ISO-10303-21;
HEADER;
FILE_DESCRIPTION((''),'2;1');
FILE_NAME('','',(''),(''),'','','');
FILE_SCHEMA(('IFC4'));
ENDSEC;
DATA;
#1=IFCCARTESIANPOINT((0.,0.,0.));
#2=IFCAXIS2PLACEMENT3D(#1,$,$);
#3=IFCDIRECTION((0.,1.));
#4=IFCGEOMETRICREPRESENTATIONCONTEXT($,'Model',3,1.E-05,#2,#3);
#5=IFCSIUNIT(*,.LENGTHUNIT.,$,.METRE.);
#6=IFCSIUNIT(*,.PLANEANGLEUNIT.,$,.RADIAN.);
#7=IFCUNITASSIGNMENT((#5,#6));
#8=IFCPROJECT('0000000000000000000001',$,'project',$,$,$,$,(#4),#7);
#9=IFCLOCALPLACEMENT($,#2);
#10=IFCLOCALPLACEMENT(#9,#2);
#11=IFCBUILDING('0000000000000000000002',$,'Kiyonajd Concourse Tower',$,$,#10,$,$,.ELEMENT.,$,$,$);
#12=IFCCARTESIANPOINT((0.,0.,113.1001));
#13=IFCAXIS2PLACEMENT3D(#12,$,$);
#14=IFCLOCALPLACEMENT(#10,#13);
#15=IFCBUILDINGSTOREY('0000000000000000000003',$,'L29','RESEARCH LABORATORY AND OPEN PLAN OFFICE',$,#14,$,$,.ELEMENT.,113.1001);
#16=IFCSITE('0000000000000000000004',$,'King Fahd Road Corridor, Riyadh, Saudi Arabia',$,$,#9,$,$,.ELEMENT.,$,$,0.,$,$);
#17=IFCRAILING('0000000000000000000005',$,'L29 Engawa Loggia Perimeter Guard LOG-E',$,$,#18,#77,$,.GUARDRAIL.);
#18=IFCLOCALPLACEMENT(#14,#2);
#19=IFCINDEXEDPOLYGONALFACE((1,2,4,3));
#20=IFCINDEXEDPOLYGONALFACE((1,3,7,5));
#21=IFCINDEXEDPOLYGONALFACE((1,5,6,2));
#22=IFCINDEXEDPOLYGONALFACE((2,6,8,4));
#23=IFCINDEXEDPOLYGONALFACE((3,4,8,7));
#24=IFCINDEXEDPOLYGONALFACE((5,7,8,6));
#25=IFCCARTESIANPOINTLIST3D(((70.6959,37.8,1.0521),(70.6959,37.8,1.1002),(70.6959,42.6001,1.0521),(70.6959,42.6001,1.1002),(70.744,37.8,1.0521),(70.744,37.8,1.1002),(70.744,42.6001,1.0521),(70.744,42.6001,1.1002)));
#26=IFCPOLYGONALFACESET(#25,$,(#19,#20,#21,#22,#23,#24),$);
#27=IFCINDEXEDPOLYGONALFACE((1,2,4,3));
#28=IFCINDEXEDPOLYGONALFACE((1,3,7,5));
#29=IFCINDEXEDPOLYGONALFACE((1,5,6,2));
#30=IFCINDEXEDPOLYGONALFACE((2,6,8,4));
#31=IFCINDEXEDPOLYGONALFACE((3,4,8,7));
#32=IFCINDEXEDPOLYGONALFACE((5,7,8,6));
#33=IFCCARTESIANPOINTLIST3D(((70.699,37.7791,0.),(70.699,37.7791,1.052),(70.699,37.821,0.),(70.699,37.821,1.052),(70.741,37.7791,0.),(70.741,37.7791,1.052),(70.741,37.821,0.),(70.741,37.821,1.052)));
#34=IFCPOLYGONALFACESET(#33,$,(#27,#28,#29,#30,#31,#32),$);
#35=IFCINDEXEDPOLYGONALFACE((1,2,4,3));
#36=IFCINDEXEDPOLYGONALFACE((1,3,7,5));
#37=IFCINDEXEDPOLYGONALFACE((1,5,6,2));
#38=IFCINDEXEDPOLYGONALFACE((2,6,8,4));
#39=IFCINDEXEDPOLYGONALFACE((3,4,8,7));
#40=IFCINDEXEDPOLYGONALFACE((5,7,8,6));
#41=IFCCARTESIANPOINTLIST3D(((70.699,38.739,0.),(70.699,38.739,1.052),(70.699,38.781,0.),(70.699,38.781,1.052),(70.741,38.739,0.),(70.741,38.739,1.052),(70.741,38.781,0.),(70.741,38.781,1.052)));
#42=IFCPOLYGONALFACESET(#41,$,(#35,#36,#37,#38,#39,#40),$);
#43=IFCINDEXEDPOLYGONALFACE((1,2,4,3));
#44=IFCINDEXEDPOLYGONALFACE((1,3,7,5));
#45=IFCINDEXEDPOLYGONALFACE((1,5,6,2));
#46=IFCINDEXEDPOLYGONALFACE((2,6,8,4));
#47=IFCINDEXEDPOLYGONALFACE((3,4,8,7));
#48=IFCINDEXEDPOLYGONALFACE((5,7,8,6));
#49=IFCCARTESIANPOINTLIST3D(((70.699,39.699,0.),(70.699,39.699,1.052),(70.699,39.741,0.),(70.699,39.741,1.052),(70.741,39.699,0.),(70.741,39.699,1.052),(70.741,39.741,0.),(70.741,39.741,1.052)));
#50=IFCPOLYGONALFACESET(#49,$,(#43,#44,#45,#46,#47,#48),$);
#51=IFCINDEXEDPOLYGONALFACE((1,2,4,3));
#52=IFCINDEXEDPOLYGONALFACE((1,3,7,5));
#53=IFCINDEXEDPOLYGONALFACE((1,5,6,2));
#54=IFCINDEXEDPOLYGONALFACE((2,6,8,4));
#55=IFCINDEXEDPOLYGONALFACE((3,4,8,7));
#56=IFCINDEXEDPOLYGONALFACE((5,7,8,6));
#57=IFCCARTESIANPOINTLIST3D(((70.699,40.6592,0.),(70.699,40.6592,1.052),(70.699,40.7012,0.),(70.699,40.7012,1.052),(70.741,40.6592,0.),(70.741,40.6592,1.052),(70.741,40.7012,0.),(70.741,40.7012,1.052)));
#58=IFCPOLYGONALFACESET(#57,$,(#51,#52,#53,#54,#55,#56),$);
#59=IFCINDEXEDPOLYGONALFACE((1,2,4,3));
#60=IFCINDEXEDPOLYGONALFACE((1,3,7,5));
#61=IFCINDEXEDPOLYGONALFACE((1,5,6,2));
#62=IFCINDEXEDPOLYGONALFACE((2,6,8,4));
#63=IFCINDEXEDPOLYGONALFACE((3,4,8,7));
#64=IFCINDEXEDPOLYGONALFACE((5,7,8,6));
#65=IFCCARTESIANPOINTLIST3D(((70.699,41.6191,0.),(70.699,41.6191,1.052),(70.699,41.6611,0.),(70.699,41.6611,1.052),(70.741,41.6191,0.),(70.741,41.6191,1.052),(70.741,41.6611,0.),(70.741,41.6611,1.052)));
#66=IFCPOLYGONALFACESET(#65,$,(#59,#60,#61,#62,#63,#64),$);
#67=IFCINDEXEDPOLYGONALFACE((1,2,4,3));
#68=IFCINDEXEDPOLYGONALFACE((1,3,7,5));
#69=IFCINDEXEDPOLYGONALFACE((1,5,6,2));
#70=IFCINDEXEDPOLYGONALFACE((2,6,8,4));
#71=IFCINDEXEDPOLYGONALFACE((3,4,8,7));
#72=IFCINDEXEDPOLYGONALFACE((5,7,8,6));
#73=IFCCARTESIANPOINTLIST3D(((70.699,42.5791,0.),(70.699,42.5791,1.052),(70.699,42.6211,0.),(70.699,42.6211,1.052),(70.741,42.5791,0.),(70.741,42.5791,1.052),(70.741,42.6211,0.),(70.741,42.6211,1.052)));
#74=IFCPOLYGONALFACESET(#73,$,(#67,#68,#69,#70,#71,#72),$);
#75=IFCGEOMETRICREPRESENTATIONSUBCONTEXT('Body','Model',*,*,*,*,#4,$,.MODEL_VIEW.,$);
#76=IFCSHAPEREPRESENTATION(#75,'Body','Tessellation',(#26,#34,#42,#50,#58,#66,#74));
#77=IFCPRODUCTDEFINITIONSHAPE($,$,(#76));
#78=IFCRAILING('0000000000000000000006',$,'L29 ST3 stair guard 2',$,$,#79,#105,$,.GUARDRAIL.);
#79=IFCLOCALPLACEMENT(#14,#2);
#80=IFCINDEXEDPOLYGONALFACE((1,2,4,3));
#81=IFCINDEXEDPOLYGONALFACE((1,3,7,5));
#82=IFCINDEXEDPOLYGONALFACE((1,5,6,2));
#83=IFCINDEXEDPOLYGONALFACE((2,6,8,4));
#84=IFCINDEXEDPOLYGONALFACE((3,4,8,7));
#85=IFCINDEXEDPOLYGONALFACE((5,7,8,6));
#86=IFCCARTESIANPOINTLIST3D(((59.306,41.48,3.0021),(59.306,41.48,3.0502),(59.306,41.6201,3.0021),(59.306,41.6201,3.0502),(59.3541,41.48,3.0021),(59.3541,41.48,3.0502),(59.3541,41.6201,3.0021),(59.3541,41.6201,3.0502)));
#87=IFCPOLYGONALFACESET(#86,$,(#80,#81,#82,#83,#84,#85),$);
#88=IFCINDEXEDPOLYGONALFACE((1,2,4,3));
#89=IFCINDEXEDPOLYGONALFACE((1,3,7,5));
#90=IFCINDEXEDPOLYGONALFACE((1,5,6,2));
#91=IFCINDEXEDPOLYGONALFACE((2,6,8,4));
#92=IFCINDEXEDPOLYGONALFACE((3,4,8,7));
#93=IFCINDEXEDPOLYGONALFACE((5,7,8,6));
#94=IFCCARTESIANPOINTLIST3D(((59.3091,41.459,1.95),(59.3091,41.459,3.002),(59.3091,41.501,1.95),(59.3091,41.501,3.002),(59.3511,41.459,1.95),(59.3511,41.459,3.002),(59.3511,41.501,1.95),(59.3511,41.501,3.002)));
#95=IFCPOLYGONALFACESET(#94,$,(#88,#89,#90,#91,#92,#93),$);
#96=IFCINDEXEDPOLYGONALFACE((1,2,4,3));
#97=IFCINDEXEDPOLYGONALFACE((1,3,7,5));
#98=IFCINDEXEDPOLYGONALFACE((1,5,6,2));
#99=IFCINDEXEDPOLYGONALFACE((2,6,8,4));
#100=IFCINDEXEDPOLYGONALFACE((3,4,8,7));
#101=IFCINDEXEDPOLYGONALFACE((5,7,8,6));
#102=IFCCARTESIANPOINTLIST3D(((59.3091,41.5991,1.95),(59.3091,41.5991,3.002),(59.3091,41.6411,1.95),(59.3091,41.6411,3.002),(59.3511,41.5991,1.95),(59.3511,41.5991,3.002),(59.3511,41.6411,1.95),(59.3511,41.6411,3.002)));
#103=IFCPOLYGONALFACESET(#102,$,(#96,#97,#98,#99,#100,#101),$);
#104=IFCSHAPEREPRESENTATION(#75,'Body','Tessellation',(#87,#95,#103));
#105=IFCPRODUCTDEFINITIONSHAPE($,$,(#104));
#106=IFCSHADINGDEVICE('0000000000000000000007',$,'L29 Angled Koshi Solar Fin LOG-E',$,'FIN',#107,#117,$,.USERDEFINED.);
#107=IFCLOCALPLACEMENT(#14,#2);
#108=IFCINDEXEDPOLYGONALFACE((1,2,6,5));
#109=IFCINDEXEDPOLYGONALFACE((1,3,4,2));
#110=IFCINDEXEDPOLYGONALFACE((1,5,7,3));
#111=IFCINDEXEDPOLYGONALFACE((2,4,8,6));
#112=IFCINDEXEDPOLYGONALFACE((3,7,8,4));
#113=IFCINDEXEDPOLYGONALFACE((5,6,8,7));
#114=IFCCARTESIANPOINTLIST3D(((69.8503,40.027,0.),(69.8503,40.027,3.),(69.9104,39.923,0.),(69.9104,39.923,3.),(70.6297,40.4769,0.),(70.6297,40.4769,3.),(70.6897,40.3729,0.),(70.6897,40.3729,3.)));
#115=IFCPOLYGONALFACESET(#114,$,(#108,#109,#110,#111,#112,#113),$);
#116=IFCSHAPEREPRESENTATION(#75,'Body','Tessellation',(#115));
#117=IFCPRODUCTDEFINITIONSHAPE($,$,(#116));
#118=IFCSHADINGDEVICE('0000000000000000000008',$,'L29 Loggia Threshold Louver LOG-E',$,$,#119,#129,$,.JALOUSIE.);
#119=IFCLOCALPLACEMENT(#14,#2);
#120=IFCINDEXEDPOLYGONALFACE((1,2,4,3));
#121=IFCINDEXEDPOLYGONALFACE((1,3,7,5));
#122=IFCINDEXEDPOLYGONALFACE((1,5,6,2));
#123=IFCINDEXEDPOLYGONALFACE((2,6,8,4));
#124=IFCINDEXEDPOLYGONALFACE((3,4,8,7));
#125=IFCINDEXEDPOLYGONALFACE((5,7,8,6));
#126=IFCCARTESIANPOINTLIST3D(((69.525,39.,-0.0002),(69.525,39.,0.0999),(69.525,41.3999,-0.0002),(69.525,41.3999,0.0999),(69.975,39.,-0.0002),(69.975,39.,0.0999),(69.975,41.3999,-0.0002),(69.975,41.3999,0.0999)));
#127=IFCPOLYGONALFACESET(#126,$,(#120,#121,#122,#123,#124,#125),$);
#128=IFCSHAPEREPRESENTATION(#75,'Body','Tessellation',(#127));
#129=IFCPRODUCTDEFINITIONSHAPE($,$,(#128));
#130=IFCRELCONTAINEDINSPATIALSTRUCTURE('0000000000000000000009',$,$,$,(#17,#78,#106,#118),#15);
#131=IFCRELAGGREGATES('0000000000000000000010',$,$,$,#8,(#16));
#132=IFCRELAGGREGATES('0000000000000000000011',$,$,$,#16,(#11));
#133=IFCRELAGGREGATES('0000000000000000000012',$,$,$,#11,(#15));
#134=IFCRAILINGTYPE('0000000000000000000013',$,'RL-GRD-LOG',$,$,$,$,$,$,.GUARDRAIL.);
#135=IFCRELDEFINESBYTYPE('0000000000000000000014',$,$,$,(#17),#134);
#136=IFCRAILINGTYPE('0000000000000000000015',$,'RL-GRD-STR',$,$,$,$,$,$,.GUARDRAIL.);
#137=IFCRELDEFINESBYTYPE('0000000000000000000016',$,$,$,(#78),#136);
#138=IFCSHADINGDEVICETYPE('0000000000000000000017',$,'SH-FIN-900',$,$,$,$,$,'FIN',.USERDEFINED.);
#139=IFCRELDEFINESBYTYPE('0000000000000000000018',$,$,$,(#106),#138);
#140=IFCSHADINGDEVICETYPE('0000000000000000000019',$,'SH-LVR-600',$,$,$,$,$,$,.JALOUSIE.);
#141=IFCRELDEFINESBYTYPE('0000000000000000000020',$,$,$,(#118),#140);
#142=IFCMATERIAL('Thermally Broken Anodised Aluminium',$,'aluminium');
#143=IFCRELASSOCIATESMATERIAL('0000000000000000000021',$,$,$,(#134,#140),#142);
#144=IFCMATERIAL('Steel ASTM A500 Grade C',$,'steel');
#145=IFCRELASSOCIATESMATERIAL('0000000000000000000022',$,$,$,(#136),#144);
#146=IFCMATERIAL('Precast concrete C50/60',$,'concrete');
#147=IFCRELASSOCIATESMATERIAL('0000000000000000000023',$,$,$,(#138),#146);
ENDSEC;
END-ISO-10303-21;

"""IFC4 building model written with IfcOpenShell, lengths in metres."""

from ifc_helpers import new_model, si_unit, direction, frame, origin, origin_2d, place, context, subcontext, project, spatial, rectangle, extrude, material, type_object, element, save


model = new_model("IFC4")

# Units and contexts
model_context = context("Model", 3, precision=1e-05, world=origin(), true_north=direction((0.0, 1.0)))
body_context = subcontext(model_context, "Body", "Model", "MODEL_VIEW")
ifc_project = project(units=[si_unit("LENGTHUNIT", "METRE"), si_unit("PLANEANGLEUNIT", "RADIAN")], contexts=[model_context])

# Site, building, storey
site_placement = place(None, origin())
site = spatial("IfcSite", under=ifc_project, at=site_placement, Name="King Fahd Road Corridor, Riyadh, Saudi Arabia", CompositionType="ELEMENT", RefElevation=0.0)
building_placement = place(site_placement, origin())
building = spatial("IfcBuilding", under=site, at=building_placement, Name="Kiyonajd Concourse Tower", CompositionType="ELEMENT")
storey_placement = place(building_placement, frame((0.0, 0.0, 113.1001)))
storey = spatial("IfcBuildingStorey", under=building, at=storey_placement, Name="L29", Description="RESEARCH LABORATORY AND OPEN PLAN OFFICE", CompositionType="ELEMENT", Elevation=113.1001)

# Shared definitions
ifc_material_1 = material(Name="Precast concrete C50/60", Category="concrete")

# Shared definitions
ifc_material_2 = material(Name="Thermally Broken Anodised Aluminium", Category="aluminium")

# Railings
railing_type_1 = type_object("IfcRailingType", Name="RL-GRD-LOG", PredefinedType="GUARDRAIL", material=ifc_material_2)
railing_1_placement = place(storey_placement, frame((70.72, 37.8, 0.0)))
element("IfcRailing", 1, at=railing_1_placement, inside=storey, type_object=railing_type_1, Name="L29 Engawa Loggia Perimeter Guard LOG-E", PredefinedType="GUARDRAIL", context=body_context, shape_type="SweptSolid", body=[
    extrude(rectangle(XDim=0.0481, YDim=0.0481, at=origin_2d()), frame((0.0, 0.0, 1.0762), z_axis=(0.0, 1.0, 0.0), x_axis=(-1.0, 0.0, 0.0)), (0.0, 0.0, 1.0), 4.8),
    extrude(rectangle(XDim=0.042, YDim=0.042, at=origin_2d()), origin(), (0.0, 0.0, 1.0), 1.052),
    extrude(rectangle(XDim=0.042, YDim=0.042, at=origin_2d()), frame((0.0, 0.96, 0.0)), (0.0, 0.0, 1.0), 1.052),
    extrude(rectangle(XDim=0.042, YDim=0.042, at=origin_2d()), frame((0.0, 1.9199, 0.0)), (0.0, 0.0, 1.0), 1.052),
    extrude(rectangle(XDim=0.042, YDim=0.042, at=origin_2d()), frame((0.0, 2.8801, 0.0)), (0.0, 0.0, 1.0), 1.052),
    extrude(rectangle(XDim=0.042, YDim=0.042, at=origin_2d()), frame((0.0, 3.8401, 0.0)), (0.0, 0.0, 1.0), 1.052),
    extrude(rectangle(XDim=0.042, YDim=0.042, at=origin_2d()), frame((0.0, 4.8, 0.0)), (0.0, 0.0, 1.0), 1.052),
])
ifc_material_3 = material(Name="Steel ASTM A500 Grade C", Category="steel")
railing_type_2 = type_object("IfcRailingType", Name="RL-GRD-STR", PredefinedType="GUARDRAIL", material=ifc_material_3)
railing_2_placement = place(storey_placement, frame((59.3301, 41.48, 1.95)))
element("IfcRailing", 2, at=railing_2_placement, inside=storey, type_object=railing_type_2, Name="L29 ST3 stair guard 2", PredefinedType="GUARDRAIL", context=body_context, shape_type="SweptSolid", body=[
    extrude(rectangle(XDim=0.0481, YDim=0.0481, at=origin_2d()), frame((0.0, 0.0, 1.0762), z_axis=(0.0, 1.0, 0.0), x_axis=(-1.0, 0.0, 0.0)), (0.0, 0.0, 1.0), 0.1401),
    extrude(rectangle(XDim=0.042, YDim=0.042, at=origin_2d()), origin(), (0.0, 0.0, 1.0), 1.052),
    extrude(rectangle(XDim=0.042, YDim=0.042, at=origin_2d()), frame((0.0, 0.1401, 0.0)), (0.0, 0.0, 1.0), 1.052),
])

# Shading devices
shading_device_type_1 = type_object("IfcShadingDeviceType", Name="SH-FIN-900", ElementType="FIN", PredefinedType="USERDEFINED", material=ifc_material_1)
shading_device_1_placement = place(storey_placement, frame((70.27, 40.2, 0.0), z_axis=(0.0, 0.0, 1.0), x_axis=(0.866025, 0.5, 0.0)))
element("IfcShadingDevice", 3, at=shading_device_1_placement, inside=storey, type_object=shading_device_type_1, Name="L29 Angled Koshi Solar Fin LOG-E", ObjectType="FIN", PredefinedType="USERDEFINED", context=body_context, shape_type="SweptSolid", body=[
    extrude(rectangle(XDim=0.8999, YDim=0.1201, at=origin_2d()), origin(), (0.0, 0.0, 1.0), 3.0),
])
shading_device_type_2 = type_object("IfcShadingDeviceType", Name="SH-LVR-600", PredefinedType="JALOUSIE", material=ifc_material_2)
shading_device_2_placement = place(storey_placement, frame((69.75, 40.2, -0.0002), z_axis=(0.0, 0.0, 1.0), x_axis=(0.0, 1.0, 0.0)))
element("IfcShadingDevice", 4, at=shading_device_2_placement, inside=storey, type_object=shading_device_type_2, Name="L29 Loggia Threshold Louver LOG-E", PredefinedType="JALOUSIE", context=body_context, shape_type="SweptSolid", body=[
    extrude(rectangle(XDim=2.3999, YDim=0.45, at=origin_2d()), origin(), (0.0, 0.0, 1.0), 0.1001),
])

save(model, "model.ifc")
